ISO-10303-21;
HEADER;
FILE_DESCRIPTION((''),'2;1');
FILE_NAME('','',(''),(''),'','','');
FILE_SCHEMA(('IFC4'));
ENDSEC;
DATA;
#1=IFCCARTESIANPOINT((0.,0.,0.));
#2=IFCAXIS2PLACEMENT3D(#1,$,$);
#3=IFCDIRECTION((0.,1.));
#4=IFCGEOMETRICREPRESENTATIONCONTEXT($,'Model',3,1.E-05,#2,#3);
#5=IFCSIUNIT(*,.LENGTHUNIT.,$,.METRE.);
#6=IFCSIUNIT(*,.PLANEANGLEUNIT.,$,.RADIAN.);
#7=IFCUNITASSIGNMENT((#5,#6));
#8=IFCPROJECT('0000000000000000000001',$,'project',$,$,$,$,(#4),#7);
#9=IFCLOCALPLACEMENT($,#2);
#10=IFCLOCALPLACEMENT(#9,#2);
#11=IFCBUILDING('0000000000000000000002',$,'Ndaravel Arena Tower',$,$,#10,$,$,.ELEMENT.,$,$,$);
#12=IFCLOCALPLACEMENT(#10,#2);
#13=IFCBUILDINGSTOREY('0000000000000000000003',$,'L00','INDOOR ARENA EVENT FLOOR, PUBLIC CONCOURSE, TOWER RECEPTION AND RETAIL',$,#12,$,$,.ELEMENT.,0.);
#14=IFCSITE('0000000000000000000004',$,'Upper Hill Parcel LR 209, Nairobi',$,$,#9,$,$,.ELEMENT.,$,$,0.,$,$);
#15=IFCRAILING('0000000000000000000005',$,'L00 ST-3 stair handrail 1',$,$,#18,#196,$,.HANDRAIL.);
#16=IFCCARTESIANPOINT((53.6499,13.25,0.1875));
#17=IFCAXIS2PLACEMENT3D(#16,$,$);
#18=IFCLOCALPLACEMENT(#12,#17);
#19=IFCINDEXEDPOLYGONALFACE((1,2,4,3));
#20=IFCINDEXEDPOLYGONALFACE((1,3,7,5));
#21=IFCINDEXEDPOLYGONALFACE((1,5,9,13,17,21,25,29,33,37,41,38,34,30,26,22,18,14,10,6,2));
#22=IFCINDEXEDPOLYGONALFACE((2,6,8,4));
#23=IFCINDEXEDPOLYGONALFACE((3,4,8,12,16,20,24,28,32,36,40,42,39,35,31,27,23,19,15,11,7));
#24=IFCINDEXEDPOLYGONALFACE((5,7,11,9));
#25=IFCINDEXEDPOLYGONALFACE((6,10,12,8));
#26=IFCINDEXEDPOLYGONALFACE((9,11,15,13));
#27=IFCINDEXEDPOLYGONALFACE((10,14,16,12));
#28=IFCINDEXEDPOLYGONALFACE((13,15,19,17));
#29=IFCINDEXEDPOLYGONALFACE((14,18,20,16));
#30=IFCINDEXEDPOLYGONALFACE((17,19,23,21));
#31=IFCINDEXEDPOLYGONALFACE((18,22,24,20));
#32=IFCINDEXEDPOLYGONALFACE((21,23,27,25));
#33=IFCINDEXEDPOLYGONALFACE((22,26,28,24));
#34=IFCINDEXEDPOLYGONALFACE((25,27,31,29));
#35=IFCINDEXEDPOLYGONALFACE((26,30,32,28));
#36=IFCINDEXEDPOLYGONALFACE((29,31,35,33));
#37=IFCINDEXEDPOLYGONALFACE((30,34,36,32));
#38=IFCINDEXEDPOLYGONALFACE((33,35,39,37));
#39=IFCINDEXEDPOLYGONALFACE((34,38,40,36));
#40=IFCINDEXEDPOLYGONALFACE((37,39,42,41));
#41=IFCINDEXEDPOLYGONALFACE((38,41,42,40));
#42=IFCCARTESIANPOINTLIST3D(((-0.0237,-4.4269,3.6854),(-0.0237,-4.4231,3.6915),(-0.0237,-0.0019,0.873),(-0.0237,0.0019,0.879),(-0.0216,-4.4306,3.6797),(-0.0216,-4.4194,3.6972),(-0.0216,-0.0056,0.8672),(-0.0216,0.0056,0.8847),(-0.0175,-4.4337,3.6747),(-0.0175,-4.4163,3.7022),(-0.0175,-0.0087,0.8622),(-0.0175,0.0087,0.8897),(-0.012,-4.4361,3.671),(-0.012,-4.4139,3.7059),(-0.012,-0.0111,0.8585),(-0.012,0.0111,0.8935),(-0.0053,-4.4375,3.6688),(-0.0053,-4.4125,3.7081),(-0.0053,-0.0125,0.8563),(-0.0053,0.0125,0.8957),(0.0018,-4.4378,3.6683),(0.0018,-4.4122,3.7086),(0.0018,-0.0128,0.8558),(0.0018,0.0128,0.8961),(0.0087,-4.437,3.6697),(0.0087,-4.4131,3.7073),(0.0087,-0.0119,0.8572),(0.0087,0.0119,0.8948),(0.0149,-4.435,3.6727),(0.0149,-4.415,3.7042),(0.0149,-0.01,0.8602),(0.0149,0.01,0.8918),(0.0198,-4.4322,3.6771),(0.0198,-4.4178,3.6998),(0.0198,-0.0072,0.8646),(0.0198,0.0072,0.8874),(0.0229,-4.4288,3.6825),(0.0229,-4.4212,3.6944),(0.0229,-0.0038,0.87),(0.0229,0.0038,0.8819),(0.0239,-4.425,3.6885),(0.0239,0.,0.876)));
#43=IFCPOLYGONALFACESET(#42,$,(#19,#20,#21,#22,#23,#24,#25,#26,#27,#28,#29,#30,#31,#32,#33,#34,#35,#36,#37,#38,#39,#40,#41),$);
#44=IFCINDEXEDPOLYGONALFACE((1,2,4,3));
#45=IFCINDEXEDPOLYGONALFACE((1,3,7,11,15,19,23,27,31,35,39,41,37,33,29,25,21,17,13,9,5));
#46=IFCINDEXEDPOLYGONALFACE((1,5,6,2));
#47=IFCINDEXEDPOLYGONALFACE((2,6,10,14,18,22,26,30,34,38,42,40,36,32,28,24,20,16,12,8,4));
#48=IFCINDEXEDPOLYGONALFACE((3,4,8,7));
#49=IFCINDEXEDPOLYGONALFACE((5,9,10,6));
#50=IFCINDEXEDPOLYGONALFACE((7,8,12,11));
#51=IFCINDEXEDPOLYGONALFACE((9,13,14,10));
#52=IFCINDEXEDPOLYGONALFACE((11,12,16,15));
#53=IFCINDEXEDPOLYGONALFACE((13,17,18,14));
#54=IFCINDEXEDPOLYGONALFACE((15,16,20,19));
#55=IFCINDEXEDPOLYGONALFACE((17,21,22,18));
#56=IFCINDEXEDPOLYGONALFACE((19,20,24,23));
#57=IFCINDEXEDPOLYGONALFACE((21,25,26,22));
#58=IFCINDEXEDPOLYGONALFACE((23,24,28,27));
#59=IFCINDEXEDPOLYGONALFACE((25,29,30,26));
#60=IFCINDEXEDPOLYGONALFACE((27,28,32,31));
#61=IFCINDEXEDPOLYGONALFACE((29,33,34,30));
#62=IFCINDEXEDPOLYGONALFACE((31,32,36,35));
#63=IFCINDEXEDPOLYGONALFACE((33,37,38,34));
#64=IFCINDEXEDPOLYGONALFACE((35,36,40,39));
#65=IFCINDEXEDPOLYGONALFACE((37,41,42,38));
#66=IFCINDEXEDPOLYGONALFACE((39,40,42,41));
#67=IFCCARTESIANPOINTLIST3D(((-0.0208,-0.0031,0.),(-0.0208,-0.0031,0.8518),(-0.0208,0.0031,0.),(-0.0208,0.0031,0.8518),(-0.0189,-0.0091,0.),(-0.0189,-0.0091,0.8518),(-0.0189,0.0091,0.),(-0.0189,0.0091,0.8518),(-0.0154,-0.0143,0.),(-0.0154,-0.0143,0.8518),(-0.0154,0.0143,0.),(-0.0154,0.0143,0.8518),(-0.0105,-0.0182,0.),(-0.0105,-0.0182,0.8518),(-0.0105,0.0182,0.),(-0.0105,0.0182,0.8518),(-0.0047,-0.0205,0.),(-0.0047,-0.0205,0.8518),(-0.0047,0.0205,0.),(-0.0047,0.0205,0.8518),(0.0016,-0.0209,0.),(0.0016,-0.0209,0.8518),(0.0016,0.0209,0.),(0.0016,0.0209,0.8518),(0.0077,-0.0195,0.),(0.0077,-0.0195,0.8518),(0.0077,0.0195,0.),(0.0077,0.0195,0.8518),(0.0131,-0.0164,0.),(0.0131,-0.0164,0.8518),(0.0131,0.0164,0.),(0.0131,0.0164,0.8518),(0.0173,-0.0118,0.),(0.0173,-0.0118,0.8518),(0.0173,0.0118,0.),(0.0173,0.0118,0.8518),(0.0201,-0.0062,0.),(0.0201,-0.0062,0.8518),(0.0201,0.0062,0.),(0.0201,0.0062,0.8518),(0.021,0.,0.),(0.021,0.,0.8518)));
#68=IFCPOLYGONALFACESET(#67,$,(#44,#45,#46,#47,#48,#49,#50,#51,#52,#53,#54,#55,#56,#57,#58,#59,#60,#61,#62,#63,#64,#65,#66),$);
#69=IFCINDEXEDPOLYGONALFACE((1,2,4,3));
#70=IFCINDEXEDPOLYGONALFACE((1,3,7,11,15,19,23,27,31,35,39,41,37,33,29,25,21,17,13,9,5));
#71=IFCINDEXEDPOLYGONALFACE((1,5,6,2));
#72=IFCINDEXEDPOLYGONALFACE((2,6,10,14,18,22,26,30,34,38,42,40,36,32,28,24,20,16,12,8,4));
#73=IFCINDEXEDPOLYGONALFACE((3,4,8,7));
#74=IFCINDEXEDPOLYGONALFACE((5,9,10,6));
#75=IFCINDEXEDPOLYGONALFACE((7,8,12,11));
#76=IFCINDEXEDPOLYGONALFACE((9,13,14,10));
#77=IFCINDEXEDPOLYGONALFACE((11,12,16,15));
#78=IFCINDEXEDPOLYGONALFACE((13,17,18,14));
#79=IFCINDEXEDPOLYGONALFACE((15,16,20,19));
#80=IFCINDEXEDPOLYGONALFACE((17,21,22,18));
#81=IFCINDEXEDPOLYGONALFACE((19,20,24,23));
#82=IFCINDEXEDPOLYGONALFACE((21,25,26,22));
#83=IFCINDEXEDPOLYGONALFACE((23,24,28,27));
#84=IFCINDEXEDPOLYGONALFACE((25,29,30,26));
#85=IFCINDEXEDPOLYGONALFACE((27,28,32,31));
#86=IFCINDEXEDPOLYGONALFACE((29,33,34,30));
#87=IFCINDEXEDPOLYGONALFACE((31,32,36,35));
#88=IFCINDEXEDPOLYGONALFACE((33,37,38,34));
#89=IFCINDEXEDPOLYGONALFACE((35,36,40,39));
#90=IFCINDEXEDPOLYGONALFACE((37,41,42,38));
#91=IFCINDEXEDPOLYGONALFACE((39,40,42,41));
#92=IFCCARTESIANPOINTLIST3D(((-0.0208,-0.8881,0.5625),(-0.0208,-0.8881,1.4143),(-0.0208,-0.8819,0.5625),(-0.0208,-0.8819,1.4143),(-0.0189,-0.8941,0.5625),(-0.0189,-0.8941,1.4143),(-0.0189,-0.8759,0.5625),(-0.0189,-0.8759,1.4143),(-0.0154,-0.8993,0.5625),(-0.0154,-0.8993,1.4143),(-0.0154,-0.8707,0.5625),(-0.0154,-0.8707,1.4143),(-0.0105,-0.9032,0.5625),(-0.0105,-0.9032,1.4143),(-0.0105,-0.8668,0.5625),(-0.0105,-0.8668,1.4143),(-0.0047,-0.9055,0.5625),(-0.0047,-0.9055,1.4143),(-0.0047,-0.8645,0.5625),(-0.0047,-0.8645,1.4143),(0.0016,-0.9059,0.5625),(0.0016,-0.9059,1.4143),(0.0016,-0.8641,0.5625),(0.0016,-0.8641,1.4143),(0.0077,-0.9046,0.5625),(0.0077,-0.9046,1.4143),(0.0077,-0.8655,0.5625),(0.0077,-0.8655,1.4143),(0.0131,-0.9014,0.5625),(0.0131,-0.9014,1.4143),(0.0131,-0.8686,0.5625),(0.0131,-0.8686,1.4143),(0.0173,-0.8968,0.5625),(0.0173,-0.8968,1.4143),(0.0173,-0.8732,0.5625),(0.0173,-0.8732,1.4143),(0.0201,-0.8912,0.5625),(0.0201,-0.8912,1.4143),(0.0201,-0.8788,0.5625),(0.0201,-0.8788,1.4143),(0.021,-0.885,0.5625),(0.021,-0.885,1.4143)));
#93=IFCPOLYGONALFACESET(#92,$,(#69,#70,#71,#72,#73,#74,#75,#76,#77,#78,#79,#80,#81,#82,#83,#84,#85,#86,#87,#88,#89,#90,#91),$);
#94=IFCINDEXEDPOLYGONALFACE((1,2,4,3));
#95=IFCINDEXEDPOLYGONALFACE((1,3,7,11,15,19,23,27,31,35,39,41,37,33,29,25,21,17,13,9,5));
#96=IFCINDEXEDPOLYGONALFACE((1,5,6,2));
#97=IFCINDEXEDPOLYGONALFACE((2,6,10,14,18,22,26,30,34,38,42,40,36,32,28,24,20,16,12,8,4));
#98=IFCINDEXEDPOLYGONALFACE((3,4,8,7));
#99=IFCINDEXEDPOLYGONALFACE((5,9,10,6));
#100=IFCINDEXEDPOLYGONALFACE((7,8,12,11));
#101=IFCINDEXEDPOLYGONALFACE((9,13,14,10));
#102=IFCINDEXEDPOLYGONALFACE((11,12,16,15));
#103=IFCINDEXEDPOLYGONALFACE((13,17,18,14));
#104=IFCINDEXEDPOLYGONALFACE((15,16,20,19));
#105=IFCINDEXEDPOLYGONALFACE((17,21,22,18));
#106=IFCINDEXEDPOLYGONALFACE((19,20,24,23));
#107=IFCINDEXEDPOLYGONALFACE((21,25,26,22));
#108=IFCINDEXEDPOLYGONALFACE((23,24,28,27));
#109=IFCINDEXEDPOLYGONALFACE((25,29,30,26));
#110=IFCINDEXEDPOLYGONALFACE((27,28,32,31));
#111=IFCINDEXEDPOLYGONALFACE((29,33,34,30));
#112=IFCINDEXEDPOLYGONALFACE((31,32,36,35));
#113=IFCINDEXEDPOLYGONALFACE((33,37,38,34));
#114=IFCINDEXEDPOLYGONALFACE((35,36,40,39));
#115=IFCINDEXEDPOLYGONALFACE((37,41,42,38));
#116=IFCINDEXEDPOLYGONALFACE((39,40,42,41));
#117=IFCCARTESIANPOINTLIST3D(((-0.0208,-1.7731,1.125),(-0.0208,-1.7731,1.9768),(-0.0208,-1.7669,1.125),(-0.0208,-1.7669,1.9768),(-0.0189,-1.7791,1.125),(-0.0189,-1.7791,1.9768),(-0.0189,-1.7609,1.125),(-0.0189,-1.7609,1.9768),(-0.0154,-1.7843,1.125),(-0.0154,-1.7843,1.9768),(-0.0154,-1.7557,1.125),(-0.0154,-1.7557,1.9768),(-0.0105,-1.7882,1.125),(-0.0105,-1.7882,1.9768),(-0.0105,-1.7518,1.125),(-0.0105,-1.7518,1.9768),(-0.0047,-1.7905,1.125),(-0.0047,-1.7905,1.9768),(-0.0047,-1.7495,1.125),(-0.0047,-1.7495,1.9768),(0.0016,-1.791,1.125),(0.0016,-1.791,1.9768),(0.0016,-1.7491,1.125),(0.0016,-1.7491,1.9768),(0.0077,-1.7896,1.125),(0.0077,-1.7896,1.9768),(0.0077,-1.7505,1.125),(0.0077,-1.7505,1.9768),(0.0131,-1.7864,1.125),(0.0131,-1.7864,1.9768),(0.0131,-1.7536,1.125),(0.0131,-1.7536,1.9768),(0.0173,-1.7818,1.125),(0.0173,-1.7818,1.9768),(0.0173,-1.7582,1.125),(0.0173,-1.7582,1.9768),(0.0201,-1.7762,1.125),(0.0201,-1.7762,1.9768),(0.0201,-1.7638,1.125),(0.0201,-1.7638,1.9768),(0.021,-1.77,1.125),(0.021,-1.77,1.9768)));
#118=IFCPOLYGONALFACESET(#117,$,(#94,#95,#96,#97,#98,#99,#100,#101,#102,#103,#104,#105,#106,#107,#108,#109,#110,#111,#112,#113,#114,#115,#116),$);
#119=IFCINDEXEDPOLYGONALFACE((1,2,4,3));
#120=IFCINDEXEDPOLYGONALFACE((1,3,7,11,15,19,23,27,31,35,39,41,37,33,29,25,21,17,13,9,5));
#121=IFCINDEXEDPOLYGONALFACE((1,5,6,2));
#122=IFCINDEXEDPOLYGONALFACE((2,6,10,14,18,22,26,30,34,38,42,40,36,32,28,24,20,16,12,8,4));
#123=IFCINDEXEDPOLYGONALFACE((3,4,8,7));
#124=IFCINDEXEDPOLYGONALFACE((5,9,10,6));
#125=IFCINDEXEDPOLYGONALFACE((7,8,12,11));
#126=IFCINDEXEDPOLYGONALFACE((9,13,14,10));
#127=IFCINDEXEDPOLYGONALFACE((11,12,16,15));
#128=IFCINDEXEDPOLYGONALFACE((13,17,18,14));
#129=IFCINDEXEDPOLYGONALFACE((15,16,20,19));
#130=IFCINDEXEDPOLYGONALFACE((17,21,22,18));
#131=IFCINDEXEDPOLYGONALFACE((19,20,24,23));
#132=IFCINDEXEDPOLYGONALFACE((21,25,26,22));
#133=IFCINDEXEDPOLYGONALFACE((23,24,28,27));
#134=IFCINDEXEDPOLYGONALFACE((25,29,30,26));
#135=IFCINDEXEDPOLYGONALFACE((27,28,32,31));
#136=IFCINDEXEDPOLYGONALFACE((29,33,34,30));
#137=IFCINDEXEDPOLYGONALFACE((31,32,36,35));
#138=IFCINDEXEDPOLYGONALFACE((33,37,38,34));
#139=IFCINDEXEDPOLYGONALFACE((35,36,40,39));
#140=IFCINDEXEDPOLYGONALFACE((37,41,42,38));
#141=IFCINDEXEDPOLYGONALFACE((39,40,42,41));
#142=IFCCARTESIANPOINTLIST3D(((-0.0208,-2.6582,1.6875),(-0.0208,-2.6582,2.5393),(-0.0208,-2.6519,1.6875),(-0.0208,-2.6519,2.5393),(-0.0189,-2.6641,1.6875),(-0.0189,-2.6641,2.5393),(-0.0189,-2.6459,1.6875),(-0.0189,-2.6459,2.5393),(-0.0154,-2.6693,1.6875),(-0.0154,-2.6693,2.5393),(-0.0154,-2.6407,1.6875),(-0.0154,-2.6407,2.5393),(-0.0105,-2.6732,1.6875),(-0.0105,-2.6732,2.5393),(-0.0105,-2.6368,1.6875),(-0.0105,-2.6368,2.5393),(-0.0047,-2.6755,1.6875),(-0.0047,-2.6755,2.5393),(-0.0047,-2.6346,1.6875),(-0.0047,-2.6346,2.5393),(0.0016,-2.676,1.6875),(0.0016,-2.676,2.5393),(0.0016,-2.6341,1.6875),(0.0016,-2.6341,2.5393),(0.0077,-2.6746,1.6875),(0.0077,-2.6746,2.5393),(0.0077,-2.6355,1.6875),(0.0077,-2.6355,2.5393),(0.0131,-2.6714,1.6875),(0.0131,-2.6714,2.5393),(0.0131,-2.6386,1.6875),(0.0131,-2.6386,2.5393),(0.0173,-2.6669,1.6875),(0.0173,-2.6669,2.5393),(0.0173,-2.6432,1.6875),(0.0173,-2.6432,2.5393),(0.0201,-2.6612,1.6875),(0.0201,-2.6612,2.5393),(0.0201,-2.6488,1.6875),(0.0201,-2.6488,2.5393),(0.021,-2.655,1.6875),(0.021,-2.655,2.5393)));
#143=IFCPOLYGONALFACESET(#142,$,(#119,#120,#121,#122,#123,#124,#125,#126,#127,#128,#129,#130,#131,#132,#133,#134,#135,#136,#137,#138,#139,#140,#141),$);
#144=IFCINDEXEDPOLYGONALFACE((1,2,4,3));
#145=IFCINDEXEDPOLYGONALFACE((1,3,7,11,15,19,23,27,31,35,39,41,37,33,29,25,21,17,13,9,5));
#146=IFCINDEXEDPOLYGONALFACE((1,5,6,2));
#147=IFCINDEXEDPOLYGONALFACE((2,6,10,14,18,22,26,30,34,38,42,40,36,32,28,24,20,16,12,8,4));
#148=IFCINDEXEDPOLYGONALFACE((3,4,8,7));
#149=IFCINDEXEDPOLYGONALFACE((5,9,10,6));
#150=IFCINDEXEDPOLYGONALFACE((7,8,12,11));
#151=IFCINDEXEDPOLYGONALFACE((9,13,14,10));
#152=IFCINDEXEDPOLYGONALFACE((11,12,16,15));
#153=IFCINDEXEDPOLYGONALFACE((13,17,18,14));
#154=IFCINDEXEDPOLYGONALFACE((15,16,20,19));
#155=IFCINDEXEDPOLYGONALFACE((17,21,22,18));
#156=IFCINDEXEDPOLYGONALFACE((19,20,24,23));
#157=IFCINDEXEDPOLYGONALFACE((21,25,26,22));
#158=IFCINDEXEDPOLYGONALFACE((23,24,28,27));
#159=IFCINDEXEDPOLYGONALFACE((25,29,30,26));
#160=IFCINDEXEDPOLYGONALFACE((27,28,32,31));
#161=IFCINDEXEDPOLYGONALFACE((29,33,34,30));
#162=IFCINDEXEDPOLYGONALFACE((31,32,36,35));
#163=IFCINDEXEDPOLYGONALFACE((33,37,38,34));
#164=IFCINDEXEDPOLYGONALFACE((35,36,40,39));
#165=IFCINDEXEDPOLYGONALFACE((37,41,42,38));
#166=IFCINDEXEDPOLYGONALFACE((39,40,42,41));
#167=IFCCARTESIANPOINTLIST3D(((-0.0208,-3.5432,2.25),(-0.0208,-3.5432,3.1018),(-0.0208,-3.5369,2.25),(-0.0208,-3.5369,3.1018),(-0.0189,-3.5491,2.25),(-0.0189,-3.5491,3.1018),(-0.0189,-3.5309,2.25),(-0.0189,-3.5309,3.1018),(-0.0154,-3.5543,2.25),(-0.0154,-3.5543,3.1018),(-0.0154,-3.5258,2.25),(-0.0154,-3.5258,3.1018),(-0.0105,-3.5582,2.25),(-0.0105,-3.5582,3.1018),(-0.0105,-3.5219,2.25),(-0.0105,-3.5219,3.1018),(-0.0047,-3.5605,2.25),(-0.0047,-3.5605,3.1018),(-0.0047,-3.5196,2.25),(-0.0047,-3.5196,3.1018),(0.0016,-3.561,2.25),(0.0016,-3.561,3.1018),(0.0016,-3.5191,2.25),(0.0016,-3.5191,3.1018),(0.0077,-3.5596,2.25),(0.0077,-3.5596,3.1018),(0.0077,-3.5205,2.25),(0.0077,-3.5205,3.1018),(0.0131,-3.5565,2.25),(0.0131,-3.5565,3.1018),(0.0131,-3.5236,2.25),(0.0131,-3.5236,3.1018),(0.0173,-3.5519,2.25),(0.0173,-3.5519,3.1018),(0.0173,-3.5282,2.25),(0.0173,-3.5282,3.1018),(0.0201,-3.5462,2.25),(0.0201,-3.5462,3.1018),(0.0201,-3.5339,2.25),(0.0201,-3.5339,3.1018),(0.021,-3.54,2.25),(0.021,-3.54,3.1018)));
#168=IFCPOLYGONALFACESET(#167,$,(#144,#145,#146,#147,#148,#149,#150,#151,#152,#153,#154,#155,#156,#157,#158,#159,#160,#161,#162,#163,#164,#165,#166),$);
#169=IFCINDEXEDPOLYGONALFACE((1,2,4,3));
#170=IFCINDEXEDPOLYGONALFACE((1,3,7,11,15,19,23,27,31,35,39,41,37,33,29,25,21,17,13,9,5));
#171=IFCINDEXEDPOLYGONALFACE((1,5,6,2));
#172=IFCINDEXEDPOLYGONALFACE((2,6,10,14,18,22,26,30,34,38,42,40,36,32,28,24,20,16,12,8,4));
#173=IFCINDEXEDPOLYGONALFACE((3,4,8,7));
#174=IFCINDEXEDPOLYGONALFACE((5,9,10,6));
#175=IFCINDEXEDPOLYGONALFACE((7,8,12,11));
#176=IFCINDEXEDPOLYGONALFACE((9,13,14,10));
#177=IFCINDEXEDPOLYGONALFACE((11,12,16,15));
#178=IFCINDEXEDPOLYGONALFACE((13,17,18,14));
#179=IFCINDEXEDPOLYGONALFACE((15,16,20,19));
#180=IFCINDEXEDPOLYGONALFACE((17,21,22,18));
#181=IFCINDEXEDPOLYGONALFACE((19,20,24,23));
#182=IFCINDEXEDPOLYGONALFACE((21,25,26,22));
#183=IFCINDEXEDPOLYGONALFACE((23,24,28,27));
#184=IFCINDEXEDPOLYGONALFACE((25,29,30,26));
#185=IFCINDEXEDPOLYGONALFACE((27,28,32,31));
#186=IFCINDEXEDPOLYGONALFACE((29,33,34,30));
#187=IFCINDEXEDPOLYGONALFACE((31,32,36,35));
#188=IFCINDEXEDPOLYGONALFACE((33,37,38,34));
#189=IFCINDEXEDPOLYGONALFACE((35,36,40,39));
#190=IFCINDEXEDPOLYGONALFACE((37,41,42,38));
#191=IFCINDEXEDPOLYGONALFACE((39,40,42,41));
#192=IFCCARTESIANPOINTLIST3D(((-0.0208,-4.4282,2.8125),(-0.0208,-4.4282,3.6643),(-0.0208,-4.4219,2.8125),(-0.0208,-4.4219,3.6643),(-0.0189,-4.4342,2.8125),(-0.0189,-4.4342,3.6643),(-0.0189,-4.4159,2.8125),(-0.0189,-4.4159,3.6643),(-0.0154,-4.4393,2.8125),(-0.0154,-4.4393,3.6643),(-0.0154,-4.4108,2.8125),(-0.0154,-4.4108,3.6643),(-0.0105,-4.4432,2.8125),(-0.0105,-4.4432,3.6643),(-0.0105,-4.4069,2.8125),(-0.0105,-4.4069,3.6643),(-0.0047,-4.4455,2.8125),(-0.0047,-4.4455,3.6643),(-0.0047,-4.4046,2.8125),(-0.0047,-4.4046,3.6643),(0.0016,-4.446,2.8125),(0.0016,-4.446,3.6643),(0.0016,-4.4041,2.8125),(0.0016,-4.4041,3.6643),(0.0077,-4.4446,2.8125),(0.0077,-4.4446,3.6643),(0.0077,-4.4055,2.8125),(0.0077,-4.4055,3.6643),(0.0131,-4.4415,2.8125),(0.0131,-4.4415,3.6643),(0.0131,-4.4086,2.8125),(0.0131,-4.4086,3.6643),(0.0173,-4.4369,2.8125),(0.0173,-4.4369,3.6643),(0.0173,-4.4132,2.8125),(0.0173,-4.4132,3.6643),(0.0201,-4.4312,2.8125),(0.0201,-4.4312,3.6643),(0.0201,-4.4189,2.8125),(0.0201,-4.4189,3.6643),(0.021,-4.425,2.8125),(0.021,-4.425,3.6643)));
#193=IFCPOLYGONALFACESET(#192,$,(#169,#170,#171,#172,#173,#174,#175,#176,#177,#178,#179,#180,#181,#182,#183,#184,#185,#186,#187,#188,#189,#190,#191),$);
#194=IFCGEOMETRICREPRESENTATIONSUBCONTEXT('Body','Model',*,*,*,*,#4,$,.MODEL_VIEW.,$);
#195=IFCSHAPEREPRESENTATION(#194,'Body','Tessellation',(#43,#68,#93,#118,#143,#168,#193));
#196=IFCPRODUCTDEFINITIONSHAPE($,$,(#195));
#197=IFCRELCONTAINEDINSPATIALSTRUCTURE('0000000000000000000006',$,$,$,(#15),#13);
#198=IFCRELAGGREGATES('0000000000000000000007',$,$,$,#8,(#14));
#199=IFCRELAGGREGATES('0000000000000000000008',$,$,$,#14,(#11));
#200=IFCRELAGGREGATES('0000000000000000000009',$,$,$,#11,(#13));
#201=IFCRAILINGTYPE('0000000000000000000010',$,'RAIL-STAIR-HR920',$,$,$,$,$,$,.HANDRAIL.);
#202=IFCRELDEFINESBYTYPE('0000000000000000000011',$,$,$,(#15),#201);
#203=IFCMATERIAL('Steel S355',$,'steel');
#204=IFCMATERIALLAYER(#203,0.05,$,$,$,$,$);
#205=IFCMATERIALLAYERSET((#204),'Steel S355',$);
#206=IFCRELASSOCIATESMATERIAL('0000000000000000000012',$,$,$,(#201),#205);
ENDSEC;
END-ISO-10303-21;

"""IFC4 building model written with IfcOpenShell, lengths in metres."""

from ifc_helpers import new_model, si_unit, direction, frame, origin, origin_2d, place, context, subcontext, project, spatial, circle, extrude, material, layer, layer_set, type_object, element, save


model = new_model("IFC4")

# Units and contexts
model_context = context("Model", 3, precision=1e-05, world=origin(), true_north=direction((0.0, 1.0)))
body_context = subcontext(model_context, "Body", "Model", "MODEL_VIEW")
ifc_project = project(units=[si_unit("LENGTHUNIT", "METRE"), si_unit("PLANEANGLEUNIT", "RADIAN")], contexts=[model_context])

# Site, building, storey
site_placement = place(None, origin())
site = spatial("IfcSite", under=ifc_project, at=site_placement, Name="Upper Hill Parcel LR 209, Nairobi", CompositionType="ELEMENT", RefElevation=0.0)
building_placement = place(site_placement, origin())
building = spatial("IfcBuilding", under=site, at=building_placement, Name="Ndaravel Arena Tower", CompositionType="ELEMENT")
storey_placement = place(building_placement, origin())
storey = spatial("IfcBuildingStorey", under=building, at=storey_placement, Name="L00", Description="INDOOR ARENA EVENT FLOOR, PUBLIC CONCOURSE, TOWER RECEPTION AND RETAIL", CompositionType="ELEMENT", Elevation=0.0)

# Railing
ifc_material_1 = material(Name="Steel S355", Category="steel")
ifc_layer_1 = layer(ifc_material_1, 0.05)
ifc_layer_set_1 = layer_set([ifc_layer_1], Name="Steel S355")
railing_type_1 = type_object("IfcRailingType", Name="RAIL-STAIR-HR920", PredefinedType="HANDRAIL", material=ifc_layer_set_1)
railing_1_placement = place(storey_placement, frame((53.6499, 13.25, 0.1875)))
element("IfcRailing", 1, at=railing_1_placement, inside=storey, type_object=railing_type_1, Name="L00 ST-3 stair handrail 1", PredefinedType="HANDRAIL", context=body_context, shape_type="SweptSolid", body=[
    extrude(circle(Radius=0.0239, at=origin_2d()), frame((0.0, 0.0, 0.876), z_axis=(0.0, -0.843959, 0.536408), x_axis=(1.0, 0.0, 0.0)), (0.0, 0.0, 1.0), 5.2432),
    extrude(circle(Radius=0.021, at=origin_2d()), origin(), (0.0, 0.0, 1.0), 0.8518),
    extrude(circle(Radius=0.021, at=origin_2d()), frame((0.0, -0.885, 0.5625)), (0.0, 0.0, 1.0), 0.8518),
    extrude(circle(Radius=0.021, at=origin_2d()), frame((0.0, -1.77, 1.125)), (0.0, 0.0, 1.0), 0.8518),
    extrude(circle(Radius=0.021, at=origin_2d()), frame((0.0, -2.655, 1.6875)), (0.0, 0.0, 1.0), 0.8518),
    extrude(circle(Radius=0.021, at=origin_2d()), frame((0.0, -3.54, 2.25)), (0.0, 0.0, 1.0), 0.8518),
    extrude(circle(Radius=0.021, at=origin_2d()), frame((0.0, -4.425, 2.8125)), (0.0, 0.0, 1.0), 0.8518),
])

save(model, "model.ifc")
